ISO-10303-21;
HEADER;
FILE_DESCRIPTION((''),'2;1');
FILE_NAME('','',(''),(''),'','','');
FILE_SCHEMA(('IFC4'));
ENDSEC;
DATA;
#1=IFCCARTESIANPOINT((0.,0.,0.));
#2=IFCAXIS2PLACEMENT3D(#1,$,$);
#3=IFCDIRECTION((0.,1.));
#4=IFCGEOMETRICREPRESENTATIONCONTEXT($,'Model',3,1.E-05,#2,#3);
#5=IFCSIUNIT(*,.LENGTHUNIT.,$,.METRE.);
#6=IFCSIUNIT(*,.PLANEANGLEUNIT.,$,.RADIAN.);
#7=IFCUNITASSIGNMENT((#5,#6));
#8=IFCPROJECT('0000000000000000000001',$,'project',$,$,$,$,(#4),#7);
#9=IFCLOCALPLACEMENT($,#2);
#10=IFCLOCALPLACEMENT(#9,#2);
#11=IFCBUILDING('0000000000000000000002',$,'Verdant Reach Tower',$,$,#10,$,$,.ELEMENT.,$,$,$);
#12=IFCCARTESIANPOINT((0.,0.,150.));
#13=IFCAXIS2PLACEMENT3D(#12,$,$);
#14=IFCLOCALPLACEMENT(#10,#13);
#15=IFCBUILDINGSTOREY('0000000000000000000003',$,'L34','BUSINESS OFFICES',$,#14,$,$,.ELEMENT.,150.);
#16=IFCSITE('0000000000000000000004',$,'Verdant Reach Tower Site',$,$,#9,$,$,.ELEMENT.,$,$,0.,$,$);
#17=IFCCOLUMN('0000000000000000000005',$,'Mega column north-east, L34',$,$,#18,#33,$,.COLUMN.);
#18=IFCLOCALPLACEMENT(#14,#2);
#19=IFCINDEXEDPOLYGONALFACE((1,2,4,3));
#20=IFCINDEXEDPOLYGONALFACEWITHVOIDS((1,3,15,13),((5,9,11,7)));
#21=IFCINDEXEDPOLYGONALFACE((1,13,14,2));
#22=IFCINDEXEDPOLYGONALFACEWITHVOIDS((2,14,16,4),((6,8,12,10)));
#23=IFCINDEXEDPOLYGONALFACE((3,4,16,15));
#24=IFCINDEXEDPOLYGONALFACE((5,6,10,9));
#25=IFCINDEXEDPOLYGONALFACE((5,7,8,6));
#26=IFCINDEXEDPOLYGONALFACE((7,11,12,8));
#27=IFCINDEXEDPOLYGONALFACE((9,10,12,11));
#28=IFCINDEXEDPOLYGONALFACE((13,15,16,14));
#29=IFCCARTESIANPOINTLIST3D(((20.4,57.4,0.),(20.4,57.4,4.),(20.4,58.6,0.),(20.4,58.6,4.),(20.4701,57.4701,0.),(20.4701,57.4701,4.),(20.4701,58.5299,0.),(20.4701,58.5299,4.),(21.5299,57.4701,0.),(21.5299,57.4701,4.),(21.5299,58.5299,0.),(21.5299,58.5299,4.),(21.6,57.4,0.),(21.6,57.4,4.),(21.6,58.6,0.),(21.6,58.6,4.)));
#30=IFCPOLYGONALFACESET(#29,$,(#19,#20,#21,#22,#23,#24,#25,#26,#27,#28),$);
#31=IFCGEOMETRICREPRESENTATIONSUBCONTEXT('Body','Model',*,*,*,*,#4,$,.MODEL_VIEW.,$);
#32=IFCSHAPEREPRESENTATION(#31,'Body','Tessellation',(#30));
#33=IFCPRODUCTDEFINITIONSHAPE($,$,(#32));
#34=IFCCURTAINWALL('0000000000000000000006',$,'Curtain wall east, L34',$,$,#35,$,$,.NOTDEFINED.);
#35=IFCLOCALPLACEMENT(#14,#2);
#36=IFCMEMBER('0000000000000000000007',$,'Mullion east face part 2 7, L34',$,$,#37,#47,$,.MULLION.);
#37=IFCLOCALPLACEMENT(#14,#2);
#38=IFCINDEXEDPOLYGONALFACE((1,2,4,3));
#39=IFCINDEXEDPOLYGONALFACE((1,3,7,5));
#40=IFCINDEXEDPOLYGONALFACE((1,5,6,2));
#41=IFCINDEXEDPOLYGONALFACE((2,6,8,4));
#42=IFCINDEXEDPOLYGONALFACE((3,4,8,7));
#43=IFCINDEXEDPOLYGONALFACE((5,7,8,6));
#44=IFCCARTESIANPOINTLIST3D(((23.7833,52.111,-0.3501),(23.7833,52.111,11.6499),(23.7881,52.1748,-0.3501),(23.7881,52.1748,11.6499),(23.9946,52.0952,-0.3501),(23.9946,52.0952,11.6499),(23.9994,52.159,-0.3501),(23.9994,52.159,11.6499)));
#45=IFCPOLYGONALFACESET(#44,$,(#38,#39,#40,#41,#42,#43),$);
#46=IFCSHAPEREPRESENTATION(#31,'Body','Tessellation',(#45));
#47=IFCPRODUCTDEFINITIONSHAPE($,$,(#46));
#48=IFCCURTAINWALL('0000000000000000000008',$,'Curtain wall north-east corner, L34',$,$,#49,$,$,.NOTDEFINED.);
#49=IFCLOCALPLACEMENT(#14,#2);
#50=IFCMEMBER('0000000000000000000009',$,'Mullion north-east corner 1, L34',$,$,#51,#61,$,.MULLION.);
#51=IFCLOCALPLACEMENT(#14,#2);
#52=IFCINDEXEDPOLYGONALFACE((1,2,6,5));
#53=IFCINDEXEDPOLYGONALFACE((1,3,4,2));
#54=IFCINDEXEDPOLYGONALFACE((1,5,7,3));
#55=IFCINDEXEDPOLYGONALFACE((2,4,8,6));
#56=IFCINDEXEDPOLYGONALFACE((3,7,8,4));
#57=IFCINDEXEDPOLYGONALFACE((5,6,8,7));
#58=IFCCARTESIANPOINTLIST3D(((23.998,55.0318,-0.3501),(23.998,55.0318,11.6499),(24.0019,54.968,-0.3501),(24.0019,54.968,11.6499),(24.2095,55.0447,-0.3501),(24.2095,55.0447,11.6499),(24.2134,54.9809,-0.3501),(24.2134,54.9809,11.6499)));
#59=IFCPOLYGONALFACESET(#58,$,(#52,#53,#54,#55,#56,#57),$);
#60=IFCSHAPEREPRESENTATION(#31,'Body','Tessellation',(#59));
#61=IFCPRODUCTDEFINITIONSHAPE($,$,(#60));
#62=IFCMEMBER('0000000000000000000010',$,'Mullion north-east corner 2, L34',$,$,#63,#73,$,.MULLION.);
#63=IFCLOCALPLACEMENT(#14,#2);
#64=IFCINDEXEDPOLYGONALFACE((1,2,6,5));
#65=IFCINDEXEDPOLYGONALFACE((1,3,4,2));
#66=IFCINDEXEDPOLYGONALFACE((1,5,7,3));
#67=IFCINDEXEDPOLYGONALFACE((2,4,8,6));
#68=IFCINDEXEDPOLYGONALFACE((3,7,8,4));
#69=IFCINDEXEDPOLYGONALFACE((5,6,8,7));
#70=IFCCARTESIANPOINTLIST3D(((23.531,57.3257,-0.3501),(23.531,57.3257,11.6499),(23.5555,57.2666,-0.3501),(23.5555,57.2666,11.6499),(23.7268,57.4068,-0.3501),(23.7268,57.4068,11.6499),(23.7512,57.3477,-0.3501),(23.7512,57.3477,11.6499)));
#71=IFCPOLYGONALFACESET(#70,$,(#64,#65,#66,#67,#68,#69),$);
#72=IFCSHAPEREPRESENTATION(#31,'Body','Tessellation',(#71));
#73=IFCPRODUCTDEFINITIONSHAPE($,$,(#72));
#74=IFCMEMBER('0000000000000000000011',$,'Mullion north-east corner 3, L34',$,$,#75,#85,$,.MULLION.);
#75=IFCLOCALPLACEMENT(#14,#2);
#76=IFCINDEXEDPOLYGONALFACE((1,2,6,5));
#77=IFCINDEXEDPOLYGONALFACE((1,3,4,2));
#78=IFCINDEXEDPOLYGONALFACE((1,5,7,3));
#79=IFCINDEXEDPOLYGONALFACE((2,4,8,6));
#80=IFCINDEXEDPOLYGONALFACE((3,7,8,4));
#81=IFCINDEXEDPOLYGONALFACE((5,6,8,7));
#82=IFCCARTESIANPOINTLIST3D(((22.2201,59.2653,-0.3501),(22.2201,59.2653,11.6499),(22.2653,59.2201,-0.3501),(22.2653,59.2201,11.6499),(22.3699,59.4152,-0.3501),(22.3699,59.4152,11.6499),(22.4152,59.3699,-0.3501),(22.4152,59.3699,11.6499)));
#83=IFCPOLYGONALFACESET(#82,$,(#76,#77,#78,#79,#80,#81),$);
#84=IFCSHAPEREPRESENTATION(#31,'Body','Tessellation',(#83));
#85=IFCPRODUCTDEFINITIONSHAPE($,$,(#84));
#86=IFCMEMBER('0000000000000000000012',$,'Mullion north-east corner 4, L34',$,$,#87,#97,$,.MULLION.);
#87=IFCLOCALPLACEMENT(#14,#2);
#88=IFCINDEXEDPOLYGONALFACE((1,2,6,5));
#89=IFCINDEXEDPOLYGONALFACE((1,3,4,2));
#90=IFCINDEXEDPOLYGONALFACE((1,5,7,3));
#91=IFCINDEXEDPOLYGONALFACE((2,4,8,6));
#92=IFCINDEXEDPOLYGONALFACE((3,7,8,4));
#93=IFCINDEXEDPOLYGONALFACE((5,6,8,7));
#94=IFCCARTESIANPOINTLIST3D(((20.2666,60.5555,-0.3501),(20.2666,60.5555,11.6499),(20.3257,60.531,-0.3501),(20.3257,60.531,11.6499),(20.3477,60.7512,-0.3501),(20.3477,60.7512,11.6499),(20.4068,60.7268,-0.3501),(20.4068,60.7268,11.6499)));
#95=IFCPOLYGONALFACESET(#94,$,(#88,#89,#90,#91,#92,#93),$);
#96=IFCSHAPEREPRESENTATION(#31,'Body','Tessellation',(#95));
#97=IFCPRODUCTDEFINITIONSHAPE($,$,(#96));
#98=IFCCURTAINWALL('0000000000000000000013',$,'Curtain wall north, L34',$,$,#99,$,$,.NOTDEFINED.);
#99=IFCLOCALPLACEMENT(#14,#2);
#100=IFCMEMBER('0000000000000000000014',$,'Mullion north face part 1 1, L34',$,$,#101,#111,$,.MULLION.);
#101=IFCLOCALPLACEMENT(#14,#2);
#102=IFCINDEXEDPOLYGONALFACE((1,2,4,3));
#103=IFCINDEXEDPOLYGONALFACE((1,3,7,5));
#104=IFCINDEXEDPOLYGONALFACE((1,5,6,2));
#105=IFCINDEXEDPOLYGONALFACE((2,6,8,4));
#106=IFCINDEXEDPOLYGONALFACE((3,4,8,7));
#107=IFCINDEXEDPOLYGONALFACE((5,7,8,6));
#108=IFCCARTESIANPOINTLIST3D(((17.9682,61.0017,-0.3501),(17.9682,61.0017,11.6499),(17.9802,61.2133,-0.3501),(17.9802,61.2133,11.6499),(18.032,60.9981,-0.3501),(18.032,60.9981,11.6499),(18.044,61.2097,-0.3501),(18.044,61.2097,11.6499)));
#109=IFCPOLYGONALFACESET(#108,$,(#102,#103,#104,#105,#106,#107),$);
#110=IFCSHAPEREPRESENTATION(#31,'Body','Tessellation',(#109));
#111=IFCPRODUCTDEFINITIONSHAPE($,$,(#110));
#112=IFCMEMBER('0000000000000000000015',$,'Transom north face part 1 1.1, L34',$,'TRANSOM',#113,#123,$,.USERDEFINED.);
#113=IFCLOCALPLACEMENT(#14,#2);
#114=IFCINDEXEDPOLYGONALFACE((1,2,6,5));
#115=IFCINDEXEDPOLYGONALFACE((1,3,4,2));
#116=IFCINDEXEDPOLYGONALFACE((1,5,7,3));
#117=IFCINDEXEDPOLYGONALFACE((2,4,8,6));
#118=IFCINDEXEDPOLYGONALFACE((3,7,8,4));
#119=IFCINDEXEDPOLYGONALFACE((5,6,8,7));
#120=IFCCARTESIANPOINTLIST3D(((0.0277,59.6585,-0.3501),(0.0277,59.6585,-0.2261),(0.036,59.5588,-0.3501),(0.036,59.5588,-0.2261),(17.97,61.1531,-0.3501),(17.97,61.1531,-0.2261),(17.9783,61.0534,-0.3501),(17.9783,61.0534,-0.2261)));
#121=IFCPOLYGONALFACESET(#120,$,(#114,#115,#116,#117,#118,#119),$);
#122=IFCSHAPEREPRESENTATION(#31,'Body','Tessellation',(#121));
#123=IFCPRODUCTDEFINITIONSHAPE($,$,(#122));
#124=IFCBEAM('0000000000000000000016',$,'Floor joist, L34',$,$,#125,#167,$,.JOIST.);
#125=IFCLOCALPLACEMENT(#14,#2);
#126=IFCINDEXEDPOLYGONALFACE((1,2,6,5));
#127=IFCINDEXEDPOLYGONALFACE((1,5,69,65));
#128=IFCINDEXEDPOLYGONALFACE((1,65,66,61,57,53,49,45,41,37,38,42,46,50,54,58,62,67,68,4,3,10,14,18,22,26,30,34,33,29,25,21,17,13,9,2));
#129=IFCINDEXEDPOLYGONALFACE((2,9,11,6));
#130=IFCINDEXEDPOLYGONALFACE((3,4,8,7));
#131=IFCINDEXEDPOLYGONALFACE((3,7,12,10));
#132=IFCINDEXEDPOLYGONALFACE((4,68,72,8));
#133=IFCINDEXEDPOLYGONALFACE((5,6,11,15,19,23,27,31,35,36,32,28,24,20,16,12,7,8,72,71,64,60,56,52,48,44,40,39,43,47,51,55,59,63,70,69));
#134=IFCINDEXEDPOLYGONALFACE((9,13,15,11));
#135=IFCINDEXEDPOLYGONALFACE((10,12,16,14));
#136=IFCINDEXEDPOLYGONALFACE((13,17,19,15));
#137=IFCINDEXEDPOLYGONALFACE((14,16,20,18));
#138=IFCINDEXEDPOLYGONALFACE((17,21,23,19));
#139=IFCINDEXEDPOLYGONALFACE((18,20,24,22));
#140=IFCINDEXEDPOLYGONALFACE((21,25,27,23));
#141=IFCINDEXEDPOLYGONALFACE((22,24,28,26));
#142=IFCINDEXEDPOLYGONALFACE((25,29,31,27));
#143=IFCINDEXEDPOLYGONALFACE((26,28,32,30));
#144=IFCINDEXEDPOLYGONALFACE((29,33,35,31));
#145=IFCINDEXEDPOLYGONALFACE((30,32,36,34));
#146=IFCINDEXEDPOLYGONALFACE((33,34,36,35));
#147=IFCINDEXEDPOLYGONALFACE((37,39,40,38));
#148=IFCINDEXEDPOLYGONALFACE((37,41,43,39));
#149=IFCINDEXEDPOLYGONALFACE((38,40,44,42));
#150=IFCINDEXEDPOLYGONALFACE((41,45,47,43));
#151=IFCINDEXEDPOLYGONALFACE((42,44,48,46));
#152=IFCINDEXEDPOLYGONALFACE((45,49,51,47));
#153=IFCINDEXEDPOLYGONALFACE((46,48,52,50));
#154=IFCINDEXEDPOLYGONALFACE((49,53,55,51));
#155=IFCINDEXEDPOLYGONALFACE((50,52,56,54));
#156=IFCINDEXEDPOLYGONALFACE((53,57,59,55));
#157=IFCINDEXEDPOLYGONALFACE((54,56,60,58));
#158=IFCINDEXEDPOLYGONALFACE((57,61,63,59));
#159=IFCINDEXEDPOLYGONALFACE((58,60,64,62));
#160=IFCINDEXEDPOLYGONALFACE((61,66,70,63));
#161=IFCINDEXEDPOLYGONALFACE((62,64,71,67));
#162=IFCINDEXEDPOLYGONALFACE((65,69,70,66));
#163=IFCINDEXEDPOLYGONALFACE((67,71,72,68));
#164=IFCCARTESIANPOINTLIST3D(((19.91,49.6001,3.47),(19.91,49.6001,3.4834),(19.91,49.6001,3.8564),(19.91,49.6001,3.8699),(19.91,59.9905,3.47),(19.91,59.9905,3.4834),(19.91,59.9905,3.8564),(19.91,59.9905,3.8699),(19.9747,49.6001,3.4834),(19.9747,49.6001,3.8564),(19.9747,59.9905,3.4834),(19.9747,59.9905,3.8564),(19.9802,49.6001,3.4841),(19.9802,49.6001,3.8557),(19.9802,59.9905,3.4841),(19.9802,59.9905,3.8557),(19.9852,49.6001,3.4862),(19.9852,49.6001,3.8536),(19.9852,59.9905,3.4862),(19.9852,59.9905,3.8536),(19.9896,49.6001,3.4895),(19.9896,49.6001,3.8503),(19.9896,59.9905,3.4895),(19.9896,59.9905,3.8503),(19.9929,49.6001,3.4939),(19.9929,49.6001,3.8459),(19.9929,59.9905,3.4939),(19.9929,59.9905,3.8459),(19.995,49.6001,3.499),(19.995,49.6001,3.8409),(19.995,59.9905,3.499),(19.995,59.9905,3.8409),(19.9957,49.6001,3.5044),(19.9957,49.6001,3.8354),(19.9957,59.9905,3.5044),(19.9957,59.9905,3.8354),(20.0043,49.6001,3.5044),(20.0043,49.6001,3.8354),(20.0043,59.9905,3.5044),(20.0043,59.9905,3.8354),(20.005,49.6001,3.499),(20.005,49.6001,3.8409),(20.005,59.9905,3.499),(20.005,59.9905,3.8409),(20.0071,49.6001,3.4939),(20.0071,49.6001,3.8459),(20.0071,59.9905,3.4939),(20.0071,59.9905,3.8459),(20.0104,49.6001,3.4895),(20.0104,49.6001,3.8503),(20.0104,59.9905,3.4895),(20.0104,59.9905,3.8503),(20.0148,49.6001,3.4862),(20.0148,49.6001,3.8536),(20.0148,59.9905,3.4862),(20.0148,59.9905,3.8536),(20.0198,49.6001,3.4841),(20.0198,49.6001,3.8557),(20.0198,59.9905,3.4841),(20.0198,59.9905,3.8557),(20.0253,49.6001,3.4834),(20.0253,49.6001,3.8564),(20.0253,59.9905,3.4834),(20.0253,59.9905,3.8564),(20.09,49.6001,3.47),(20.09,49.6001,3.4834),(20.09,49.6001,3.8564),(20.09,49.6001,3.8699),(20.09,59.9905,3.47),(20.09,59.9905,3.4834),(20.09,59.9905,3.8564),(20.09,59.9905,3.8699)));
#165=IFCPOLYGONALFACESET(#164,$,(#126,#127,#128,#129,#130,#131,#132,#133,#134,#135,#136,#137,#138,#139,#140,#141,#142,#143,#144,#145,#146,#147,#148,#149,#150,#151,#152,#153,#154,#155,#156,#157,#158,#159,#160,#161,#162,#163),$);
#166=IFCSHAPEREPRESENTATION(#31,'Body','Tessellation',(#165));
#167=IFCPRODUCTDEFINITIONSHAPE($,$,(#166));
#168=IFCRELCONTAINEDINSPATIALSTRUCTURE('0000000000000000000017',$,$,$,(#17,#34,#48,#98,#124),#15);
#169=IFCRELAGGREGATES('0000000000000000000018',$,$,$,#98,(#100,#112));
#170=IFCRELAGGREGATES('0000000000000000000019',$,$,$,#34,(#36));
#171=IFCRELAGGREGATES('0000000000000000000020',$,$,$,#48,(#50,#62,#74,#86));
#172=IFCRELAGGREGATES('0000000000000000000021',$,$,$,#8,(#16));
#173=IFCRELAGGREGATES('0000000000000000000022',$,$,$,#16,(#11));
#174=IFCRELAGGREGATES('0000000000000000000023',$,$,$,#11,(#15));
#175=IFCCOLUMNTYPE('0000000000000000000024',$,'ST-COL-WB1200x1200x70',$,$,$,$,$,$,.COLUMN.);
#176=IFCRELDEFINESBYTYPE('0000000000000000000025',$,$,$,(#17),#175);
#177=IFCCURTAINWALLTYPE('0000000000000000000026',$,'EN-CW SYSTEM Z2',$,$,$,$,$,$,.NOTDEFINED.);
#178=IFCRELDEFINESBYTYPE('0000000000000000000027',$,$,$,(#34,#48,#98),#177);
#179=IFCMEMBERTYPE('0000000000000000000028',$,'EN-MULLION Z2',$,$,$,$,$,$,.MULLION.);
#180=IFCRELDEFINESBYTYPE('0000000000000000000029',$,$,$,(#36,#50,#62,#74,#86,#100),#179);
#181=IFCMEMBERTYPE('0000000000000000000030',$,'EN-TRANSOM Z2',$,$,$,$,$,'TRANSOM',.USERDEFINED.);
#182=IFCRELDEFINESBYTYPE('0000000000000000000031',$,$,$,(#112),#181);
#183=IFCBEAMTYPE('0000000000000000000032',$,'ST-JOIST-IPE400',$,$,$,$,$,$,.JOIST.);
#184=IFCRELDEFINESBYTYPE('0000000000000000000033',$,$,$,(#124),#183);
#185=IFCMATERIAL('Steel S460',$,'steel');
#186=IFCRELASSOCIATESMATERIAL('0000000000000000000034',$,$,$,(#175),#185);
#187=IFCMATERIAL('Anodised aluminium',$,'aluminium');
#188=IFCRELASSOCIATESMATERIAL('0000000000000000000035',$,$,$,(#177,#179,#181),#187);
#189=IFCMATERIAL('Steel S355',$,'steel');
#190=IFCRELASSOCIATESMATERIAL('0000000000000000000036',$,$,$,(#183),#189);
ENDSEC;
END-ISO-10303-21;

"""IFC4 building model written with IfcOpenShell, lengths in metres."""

from ifc_helpers import new_model, si_unit, direction, frame, origin, origin_2d, place, context, subcontext, project, spatial, rectangle, hollow_rectangle, i_section, extrude, material, material_profile, profile_set, type_object, element, aggregate, save


model = new_model("IFC4")

# Units and contexts
model_context = context("Model", 3, precision=1e-05, world=origin(), true_north=direction((0.0, 1.0)))
body_context = subcontext(model_context, "Body", "Model", "MODEL_VIEW")
ifc_project = project(units=[si_unit("LENGTHUNIT", "METRE"), si_unit("PLANEANGLEUNIT", "RADIAN")], contexts=[model_context])

# Site, building, storey
site_placement = place(None, origin())
site = spatial("IfcSite", under=ifc_project, at=site_placement, Name="Verdant Reach Tower Site", CompositionType="ELEMENT", RefElevation=0.0)
building_placement = place(site_placement, origin())
building = spatial("IfcBuilding", under=site, at=building_placement, Name="Verdant Reach Tower", CompositionType="ELEMENT")
storey_placement = place(building_placement, frame((0.0, 0.0, 150.0)))
storey = spatial("IfcBuildingStorey", under=building, at=storey_placement, Name="L34", Description="BUSINESS OFFICES", CompositionType="ELEMENT", Elevation=150.0)

# Column
ifc_material_1 = material(Name="Steel S460", Category="steel")
ifc_material_profile_1 = material_profile(ifc_material_1, hollow_rectangle(XDim=1.2, YDim=1.2, WallThickness=0.0701, at=origin_2d()), Name="WB 1200x1200x70")
ifc_profile_set_1 = profile_set([ifc_material_profile_1], Name="Steel S460")
column_type = type_object("IfcColumnType", Name="ST-COL-WB1200x1200x70", PredefinedType="COLUMN", material=ifc_profile_set_1)
column_placement = place(storey_placement, frame((21.0, 58.0, 0.0), z_axis=(0.0, 0.0, 1.0), x_axis=(1.0, 0.0, 0.0)))
element("IfcColumn", 1, at=column_placement, inside=storey, type_object=column_type, Name="Mega column north-east, L34", PredefinedType="COLUMN", context=body_context, shape_type="SweptSolid", body=[
    extrude(hollow_rectangle(XDim=1.2, YDim=1.2, WallThickness=0.0701, at=origin_2d()), origin(), (0.0, 0.0, 1.0), 4.0),
])

# Curtain wall, member
ifc_material_2 = material(Name="Anodised aluminium", Category="aluminium")
curtain_wall_type = type_object("IfcCurtainWallType", Name="EN-CW SYSTEM Z2", PredefinedType="NOTDEFINED", material=ifc_material_2)
curtain_wall_1_placement = place(storey_placement, origin())
curtain_wall_1 = element("IfcCurtainWall", 2, at=curtain_wall_1_placement, inside=storey, type_object=curtain_wall_type, Name="Curtain wall east, L34", PredefinedType="NOTDEFINED")
ifc_material_profile_2 = material_profile(ifc_material_2, rectangle(XDim=0.2119, YDim=0.064, at=origin_2d()), Name="Mullion 64x212")
ifc_profile_set_2 = profile_set([ifc_material_profile_2], Name="Anodised aluminium")
member_type_1 = type_object("IfcMemberType", Name="EN-MULLION Z2", PredefinedType="MULLION", material=ifc_profile_set_2)
member_1_placement = place(storey_placement, frame((23.8914, 52.135, -0.3501), z_axis=(0.0, 0.0, 1.0), x_axis=(0.997199, -0.07479, 0.0)))
member_1 = element("IfcMember", 3, at=member_1_placement, type_object=member_type_1, Name="Mullion east face part 2 7, L34", PredefinedType="MULLION", context=body_context, shape_type="SweptSolid", body=[
    extrude(rectangle(XDim=0.2119, YDim=0.064, at=origin_2d()), origin(), (0.0, 0.0, 1.0), 12.0),
])

# Curtain walls, members
curtain_wall_2_placement = place(storey_placement, origin())
curtain_wall_2 = element("IfcCurtainWall", 4, at=curtain_wall_2_placement, inside=storey, type_object=curtain_wall_type, Name="Curtain wall north-east corner, L34", PredefinedType="NOTDEFINED")
member_2_placement = place(storey_placement, frame((24.1057, 55.0063, -0.3501), z_axis=(0.0, 0.0, 1.0), x_axis=(0.998156, 0.060703, 0.0)))
member_2 = element("IfcMember", 5, at=member_2_placement, type_object=member_type_1, Name="Mullion north-east corner 1, L34", PredefinedType="MULLION", context=body_context, shape_type="SweptSolid", body=[
    extrude(rectangle(XDim=0.2119, YDim=0.064, at=origin_2d()), origin(), (0.0, 0.0, 1.0), 12.0),
])
member_3_placement = place(storey_placement, frame((23.6411, 57.3367, -0.3501), z_axis=(0.0, 0.0, 1.0), x_axis=(0.923875, 0.382694, 0.0)))
member_3 = element("IfcMember", 6, at=member_3_placement, type_object=member_type_1, Name="Mullion north-east corner 2, L34", PredefinedType="MULLION", context=body_context, shape_type="SweptSolid", body=[
    extrude(rectangle(XDim=0.2119, YDim=0.064, at=origin_2d()), origin(), (0.0, 0.0, 1.0), 12.0),
])
member_4_placement = place(storey_placement, frame((22.3176, 59.3176, -0.3501), z_axis=(0.0, 0.0, 1.0), x_axis=(0.707107, 0.707107, 0.0)))
member_4 = element("IfcMember", 7, at=member_4_placement, type_object=member_type_1, Name="Mullion north-east corner 3, L34", PredefinedType="MULLION", context=body_context, shape_type="SweptSolid", body=[
    extrude(rectangle(XDim=0.2119, YDim=0.064, at=origin_2d()), origin(), (0.0, 0.0, 1.0), 12.0),
])
member_5_placement = place(storey_placement, frame((20.3367, 60.6411, -0.3501), z_axis=(0.0, 0.0, 1.0), x_axis=(0.382694, 0.923875, 0.0)))
member_5 = element("IfcMember", 8, at=member_5_placement, type_object=member_type_1, Name="Mullion north-east corner 4, L34", PredefinedType="MULLION", context=body_context, shape_type="SweptSolid", body=[
    extrude(rectangle(XDim=0.2119, YDim=0.064, at=origin_2d()), origin(), (0.0, 0.0, 1.0), 12.0),
])
curtain_wall_3_placement = place(storey_placement, origin())
curtain_wall_3 = element("IfcCurtainWall", 9, at=curtain_wall_3_placement, inside=storey, type_object=curtain_wall_type, Name="Curtain wall north, L34", PredefinedType="NOTDEFINED")
member_6_placement = place(storey_placement, frame((18.0061, 61.1057, -0.3501), z_axis=(0.0, 0.0, 1.0), x_axis=(0.056569, 0.998399, 0.0)))
member_6 = element("IfcMember", 10, at=member_6_placement, type_object=member_type_1, Name="Mullion north face part 1 1, L34", PredefinedType="MULLION", context=body_context, shape_type="SweptSolid", body=[
    extrude(rectangle(XDim=0.2119, YDim=0.064, at=origin_2d()), origin(), (0.0, 0.0, 1.0), 12.0),
])
ifc_material_profile_3 = material_profile(ifc_material_2, rectangle(XDim=0.1001, YDim=0.124, at=origin_2d()), Name="Transom 124x100")
ifc_profile_set_3 = profile_set([ifc_material_profile_3], Name="Anodised aluminium")
member_type_2 = type_object("IfcMemberType", Name="EN-TRANSOM Z2", ElementType="TRANSOM", PredefinedType="USERDEFINED", material=ifc_profile_set_3)
member_7_placement = place(storey_placement, frame((17.9741, 61.1033, -0.2881), z_axis=(-0.996548, -0.083015, 0.0), x_axis=(0.083015, -0.996548, 0.0)))
member_7 = element("IfcMember", 11, at=member_7_placement, type_object=member_type_2, Name="Transom north face part 1 1.1, L34", ObjectType="TRANSOM", PredefinedType="USERDEFINED", context=body_context, shape_type="SweptSolid", body=[
    extrude(rectangle(XDim=0.1001, YDim=0.124, at=origin_2d()), origin(), (0.0, 0.0, 1.0), 18.0044),
])

# Beam
ifc_material_3 = material(Name="Steel S355", Category="steel")
ifc_material_profile_4 = material_profile(ifc_material_3, i_section(OverallWidth=0.1799, OverallDepth=0.3999, WebThickness=0.0085, FlangeThickness=0.0134, FilletRadius=0.021, at=origin_2d()), Name="IPE 400")
ifc_profile_set_4 = profile_set([ifc_material_profile_4], Name="Steel S355")
beam_type_1 = type_object("IfcBeamType", Name="ST-JOIST-IPE400", PredefinedType="JOIST", material=ifc_profile_set_4)
beam_1_placement = place(storey_placement, frame((20.0, 49.6001, 3.6699), z_axis=(0.0, 1.0, 0.0), x_axis=(-1.0, 0.0, 0.0)))
element("IfcBeam", 12, at=beam_1_placement, inside=storey, type_object=beam_type_1, Name="Floor joist, L34", PredefinedType="JOIST", context=body_context, shape_type="SweptSolid", body=[
    extrude(i_section(OverallWidth=0.1799, OverallDepth=0.3999, WebThickness=0.0085, FlangeThickness=0.0134, FilletRadius=0.021, at=origin_2d()), origin(), (0.0, 0.0, 1.0), 10.3904),
])

aggregate(curtain_wall_3, [member_6, member_7])
aggregate(curtain_wall_1, [member_1])
aggregate(curtain_wall_2, [member_2, member_3, member_4, member_5])

save(model, "model.ifc")
